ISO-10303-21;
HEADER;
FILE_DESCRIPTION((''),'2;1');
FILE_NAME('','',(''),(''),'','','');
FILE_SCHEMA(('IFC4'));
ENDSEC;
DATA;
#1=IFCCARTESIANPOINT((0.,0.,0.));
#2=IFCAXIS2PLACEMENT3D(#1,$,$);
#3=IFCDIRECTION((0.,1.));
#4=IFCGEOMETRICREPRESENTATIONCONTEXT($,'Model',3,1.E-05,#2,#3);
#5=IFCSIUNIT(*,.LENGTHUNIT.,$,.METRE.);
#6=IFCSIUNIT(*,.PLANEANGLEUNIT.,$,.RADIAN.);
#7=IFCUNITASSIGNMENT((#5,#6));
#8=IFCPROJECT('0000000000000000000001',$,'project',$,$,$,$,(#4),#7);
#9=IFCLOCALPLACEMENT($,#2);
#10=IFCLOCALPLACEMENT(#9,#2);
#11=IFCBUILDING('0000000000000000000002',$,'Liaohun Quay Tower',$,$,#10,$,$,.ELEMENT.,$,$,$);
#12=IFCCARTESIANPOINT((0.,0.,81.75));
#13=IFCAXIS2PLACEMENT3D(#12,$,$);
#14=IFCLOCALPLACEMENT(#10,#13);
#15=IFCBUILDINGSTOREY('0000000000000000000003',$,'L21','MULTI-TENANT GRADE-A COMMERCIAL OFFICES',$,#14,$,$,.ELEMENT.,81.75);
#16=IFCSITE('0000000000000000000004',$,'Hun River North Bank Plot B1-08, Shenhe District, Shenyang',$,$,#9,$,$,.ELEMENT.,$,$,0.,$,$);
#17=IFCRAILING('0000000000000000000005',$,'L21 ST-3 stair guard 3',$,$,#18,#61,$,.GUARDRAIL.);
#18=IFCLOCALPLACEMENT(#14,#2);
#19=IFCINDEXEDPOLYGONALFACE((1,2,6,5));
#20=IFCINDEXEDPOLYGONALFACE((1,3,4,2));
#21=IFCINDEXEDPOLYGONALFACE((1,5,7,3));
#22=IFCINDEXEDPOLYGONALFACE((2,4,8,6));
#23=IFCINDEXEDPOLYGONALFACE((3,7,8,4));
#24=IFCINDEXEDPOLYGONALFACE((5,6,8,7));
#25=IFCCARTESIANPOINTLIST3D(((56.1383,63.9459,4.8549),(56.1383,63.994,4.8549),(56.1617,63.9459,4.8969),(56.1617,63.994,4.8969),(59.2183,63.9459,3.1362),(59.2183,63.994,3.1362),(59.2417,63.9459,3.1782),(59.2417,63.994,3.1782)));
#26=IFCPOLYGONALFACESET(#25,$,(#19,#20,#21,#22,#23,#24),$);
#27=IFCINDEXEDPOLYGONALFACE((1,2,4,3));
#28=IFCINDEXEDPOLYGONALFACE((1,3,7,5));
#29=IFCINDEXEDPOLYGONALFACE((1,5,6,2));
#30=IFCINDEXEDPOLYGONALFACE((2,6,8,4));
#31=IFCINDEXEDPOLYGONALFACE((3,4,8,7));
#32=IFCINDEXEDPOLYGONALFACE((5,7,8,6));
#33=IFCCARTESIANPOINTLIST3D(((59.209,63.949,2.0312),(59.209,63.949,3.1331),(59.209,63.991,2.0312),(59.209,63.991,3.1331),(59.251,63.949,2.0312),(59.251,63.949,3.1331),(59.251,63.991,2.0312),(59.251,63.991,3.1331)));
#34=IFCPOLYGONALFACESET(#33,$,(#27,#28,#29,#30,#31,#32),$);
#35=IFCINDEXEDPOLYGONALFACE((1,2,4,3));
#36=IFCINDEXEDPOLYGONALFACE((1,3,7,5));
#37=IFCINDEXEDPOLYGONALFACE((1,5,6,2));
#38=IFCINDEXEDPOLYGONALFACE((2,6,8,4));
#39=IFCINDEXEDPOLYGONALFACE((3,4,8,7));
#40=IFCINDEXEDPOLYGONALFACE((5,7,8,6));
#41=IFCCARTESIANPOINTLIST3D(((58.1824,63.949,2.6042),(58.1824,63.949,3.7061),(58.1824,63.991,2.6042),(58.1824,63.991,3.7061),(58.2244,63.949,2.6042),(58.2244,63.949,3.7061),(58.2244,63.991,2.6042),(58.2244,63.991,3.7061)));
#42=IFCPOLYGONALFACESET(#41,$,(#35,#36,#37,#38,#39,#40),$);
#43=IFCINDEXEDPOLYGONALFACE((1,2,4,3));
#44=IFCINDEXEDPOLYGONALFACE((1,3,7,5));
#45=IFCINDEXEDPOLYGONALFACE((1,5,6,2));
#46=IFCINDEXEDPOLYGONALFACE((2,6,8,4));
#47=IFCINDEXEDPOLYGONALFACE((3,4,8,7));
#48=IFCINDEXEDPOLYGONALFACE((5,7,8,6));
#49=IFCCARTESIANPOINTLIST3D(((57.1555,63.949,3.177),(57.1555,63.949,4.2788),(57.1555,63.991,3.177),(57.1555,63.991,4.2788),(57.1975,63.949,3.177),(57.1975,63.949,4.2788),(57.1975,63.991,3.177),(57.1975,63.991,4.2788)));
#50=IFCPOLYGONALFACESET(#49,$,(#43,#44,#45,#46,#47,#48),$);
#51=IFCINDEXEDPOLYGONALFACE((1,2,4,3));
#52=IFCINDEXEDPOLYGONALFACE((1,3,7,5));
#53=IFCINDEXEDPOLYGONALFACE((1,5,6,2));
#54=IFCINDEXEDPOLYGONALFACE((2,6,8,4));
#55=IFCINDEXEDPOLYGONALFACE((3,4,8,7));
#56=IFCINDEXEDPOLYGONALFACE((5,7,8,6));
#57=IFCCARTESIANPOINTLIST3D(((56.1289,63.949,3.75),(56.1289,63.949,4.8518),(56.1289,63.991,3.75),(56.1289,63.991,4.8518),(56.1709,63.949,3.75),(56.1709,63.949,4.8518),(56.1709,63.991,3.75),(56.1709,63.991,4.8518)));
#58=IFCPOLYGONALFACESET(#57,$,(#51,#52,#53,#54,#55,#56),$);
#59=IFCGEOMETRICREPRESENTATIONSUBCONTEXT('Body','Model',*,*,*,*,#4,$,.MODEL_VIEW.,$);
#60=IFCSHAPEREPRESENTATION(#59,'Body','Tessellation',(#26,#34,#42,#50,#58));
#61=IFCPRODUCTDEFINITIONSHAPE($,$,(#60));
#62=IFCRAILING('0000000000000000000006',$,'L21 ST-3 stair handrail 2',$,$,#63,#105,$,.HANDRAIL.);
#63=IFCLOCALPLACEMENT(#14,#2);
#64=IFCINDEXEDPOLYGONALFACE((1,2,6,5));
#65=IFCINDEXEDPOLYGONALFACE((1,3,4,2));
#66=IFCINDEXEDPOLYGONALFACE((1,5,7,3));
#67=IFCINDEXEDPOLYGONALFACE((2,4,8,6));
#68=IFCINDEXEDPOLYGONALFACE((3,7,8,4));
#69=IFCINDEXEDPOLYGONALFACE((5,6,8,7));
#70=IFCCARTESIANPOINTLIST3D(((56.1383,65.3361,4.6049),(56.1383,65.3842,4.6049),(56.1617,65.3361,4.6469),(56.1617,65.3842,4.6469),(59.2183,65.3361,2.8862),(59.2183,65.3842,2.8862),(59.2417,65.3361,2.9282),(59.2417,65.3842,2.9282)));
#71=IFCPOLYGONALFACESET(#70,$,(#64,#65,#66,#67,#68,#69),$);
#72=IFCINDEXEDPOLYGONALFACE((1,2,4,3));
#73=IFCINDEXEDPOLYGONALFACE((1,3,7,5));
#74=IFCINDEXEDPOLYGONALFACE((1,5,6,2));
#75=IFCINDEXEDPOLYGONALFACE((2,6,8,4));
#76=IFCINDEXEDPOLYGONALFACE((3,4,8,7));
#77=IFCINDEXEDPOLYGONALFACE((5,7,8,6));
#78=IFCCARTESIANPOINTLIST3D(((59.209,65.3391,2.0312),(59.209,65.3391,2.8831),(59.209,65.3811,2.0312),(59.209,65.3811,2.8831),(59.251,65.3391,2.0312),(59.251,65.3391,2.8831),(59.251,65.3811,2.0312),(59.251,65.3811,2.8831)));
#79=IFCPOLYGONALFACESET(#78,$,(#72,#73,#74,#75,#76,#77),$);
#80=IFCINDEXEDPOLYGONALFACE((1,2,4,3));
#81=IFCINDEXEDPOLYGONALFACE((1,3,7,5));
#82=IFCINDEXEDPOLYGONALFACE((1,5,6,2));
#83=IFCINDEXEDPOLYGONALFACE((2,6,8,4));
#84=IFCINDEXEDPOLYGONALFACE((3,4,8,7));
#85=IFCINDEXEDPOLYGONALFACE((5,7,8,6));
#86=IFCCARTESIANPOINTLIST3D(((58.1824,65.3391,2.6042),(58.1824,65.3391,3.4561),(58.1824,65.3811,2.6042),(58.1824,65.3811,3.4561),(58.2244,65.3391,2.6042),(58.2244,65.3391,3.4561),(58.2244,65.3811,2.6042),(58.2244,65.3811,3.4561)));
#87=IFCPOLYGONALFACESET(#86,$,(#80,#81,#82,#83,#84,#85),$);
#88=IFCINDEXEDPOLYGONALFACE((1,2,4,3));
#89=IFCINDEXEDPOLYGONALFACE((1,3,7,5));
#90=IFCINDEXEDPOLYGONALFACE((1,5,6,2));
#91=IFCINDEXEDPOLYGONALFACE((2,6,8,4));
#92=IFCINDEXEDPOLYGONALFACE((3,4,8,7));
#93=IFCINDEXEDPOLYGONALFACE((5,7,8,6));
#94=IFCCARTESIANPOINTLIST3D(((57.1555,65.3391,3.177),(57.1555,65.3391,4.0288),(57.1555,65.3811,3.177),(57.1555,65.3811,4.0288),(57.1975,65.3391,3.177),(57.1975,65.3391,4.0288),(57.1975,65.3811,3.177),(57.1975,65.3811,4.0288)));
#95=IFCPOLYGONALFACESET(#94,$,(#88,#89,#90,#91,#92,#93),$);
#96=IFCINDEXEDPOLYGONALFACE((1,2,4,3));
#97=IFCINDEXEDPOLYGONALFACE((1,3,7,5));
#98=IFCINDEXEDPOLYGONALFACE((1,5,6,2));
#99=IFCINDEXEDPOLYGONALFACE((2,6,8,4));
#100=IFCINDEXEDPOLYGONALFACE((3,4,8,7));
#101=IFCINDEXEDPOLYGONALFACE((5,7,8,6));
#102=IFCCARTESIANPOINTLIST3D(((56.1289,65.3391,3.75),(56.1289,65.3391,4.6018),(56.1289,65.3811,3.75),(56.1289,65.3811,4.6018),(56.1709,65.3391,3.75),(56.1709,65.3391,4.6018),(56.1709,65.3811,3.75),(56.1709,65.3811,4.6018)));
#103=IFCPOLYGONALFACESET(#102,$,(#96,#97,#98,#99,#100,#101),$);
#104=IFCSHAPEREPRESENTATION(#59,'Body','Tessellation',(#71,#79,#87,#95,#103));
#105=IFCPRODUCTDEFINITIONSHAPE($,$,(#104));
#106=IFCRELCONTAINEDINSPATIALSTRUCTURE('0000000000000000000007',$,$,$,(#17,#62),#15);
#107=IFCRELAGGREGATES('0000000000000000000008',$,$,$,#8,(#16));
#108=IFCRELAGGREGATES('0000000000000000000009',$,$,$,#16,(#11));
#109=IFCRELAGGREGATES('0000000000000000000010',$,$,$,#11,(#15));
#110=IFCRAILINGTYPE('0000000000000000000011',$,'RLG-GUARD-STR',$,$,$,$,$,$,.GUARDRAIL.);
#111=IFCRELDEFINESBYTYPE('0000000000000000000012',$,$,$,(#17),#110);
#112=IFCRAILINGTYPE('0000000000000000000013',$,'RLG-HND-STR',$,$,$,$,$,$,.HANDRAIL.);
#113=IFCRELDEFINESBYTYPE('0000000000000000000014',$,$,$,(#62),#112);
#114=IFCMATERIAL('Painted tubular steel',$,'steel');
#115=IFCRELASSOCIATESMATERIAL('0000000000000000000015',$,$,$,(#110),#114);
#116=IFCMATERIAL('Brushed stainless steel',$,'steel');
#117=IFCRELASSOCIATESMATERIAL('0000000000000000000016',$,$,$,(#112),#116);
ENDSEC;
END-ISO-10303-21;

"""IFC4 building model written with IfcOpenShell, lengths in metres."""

from ifc_helpers import new_model, si_unit, direction, frame, origin, origin_2d, place, context, subcontext, project, spatial, rectangle, extrude, material, type_object, element, save


model = new_model("IFC4")

# Units and contexts
model_context = context("Model", 3, precision=1e-05, world=origin(), true_north=direction((0.0, 1.0)))
body_context = subcontext(model_context, "Body", "Model", "MODEL_VIEW")
ifc_project = project(units=[si_unit("LENGTHUNIT", "METRE"), si_unit("PLANEANGLEUNIT", "RADIAN")], contexts=[model_context])

# Site, building, storey
site_placement = place(None, origin())
site = spatial("IfcSite", under=ifc_project, at=site_placement, Name="Hun River North Bank Plot B1-08, Shenhe District, Shenyang", CompositionType="ELEMENT", RefElevation=0.0)
building_placement = place(site_placement, origin())
building = spatial("IfcBuilding", under=site, at=building_placement, Name="Liaohun Quay Tower", CompositionType="ELEMENT")
storey_placement = place(building_placement, frame((0.0, 0.0, 81.75)))
storey = spatial("IfcBuildingStorey", under=building, at=storey_placement, Name="L21", Description="MULTI-TENANT GRADE-A COMMERCIAL OFFICES", CompositionType="ELEMENT", Elevation=81.75)

# Railings
ifc_material_1 = material(Name="Painted tubular steel", Category="steel")
railing_type_1 = type_object("IfcRailingType", Name="RLG-GUARD-STR", PredefinedType="GUARDRAIL", material=ifc_material_1)
railing_1_placement = place(storey_placement, frame((59.23, 63.97, 2.0312)))
element("IfcRailing", 1, at=railing_1_placement, inside=storey, type_object=railing_type_1, Name="L21 ST-3 stair guard 3", PredefinedType="GUARDRAIL", context=body_context, shape_type="SweptSolid", body=[
    extrude(rectangle(XDim=0.0481, YDim=0.0481, at=origin_2d()), frame((0.0, 0.0, 1.126), z_axis=(-0.873242, 0.0, 0.487288), x_axis=(0.0, -1.0, 0.0)), (0.0, 0.0, 1.0), 3.5271),
    extrude(rectangle(XDim=0.042, YDim=0.042, at=origin_2d()), origin(), (0.0, 0.0, 1.0), 1.1018),
    extrude(rectangle(XDim=0.042, YDim=0.042, at=origin_2d()), frame((-1.0266, 0.0, 0.573)), (0.0, 0.0, 1.0), 1.1018),
    extrude(rectangle(XDim=0.042, YDim=0.042, at=origin_2d()), frame((-2.0535, 0.0, 1.1458)), (0.0, 0.0, 1.0), 1.1018),
    extrude(rectangle(XDim=0.042, YDim=0.042, at=origin_2d()), frame((-3.0801, 0.0, 1.7188)), (0.0, 0.0, 1.0), 1.1018),
])
ifc_material_2 = material(Name="Brushed stainless steel", Category="steel")
railing_type_2 = type_object("IfcRailingType", Name="RLG-HND-STR", PredefinedType="HANDRAIL", material=ifc_material_2)
railing_2_placement = place(storey_placement, frame((59.23, 65.3601, 2.0312)))
element("IfcRailing", 2, at=railing_2_placement, inside=storey, type_object=railing_type_2, Name="L21 ST-3 stair handrail 2", PredefinedType="HANDRAIL", context=body_context, shape_type="SweptSolid", body=[
    extrude(rectangle(XDim=0.0481, YDim=0.0481, at=origin_2d()), frame((0.0, 0.0, 0.876), z_axis=(-0.873242, 0.0, 0.487288), x_axis=(0.0, -1.0, 0.0)), (0.0, 0.0, 1.0), 3.5271),
    extrude(rectangle(XDim=0.042, YDim=0.042, at=origin_2d()), origin(), (0.0, 0.0, 1.0), 0.8518),
    extrude(rectangle(XDim=0.042, YDim=0.042, at=origin_2d()), frame((-1.0266, 0.0, 0.573)), (0.0, 0.0, 1.0), 0.8518),
    extrude(rectangle(XDim=0.042, YDim=0.042, at=origin_2d()), frame((-2.0535, 0.0, 1.1458)), (0.0, 0.0, 1.0), 0.8518),
    extrude(rectangle(XDim=0.042, YDim=0.042, at=origin_2d()), frame((-3.0801, 0.0, 1.7188)), (0.0, 0.0, 1.0), 0.8518),
])

save(model, "model.ifc")
